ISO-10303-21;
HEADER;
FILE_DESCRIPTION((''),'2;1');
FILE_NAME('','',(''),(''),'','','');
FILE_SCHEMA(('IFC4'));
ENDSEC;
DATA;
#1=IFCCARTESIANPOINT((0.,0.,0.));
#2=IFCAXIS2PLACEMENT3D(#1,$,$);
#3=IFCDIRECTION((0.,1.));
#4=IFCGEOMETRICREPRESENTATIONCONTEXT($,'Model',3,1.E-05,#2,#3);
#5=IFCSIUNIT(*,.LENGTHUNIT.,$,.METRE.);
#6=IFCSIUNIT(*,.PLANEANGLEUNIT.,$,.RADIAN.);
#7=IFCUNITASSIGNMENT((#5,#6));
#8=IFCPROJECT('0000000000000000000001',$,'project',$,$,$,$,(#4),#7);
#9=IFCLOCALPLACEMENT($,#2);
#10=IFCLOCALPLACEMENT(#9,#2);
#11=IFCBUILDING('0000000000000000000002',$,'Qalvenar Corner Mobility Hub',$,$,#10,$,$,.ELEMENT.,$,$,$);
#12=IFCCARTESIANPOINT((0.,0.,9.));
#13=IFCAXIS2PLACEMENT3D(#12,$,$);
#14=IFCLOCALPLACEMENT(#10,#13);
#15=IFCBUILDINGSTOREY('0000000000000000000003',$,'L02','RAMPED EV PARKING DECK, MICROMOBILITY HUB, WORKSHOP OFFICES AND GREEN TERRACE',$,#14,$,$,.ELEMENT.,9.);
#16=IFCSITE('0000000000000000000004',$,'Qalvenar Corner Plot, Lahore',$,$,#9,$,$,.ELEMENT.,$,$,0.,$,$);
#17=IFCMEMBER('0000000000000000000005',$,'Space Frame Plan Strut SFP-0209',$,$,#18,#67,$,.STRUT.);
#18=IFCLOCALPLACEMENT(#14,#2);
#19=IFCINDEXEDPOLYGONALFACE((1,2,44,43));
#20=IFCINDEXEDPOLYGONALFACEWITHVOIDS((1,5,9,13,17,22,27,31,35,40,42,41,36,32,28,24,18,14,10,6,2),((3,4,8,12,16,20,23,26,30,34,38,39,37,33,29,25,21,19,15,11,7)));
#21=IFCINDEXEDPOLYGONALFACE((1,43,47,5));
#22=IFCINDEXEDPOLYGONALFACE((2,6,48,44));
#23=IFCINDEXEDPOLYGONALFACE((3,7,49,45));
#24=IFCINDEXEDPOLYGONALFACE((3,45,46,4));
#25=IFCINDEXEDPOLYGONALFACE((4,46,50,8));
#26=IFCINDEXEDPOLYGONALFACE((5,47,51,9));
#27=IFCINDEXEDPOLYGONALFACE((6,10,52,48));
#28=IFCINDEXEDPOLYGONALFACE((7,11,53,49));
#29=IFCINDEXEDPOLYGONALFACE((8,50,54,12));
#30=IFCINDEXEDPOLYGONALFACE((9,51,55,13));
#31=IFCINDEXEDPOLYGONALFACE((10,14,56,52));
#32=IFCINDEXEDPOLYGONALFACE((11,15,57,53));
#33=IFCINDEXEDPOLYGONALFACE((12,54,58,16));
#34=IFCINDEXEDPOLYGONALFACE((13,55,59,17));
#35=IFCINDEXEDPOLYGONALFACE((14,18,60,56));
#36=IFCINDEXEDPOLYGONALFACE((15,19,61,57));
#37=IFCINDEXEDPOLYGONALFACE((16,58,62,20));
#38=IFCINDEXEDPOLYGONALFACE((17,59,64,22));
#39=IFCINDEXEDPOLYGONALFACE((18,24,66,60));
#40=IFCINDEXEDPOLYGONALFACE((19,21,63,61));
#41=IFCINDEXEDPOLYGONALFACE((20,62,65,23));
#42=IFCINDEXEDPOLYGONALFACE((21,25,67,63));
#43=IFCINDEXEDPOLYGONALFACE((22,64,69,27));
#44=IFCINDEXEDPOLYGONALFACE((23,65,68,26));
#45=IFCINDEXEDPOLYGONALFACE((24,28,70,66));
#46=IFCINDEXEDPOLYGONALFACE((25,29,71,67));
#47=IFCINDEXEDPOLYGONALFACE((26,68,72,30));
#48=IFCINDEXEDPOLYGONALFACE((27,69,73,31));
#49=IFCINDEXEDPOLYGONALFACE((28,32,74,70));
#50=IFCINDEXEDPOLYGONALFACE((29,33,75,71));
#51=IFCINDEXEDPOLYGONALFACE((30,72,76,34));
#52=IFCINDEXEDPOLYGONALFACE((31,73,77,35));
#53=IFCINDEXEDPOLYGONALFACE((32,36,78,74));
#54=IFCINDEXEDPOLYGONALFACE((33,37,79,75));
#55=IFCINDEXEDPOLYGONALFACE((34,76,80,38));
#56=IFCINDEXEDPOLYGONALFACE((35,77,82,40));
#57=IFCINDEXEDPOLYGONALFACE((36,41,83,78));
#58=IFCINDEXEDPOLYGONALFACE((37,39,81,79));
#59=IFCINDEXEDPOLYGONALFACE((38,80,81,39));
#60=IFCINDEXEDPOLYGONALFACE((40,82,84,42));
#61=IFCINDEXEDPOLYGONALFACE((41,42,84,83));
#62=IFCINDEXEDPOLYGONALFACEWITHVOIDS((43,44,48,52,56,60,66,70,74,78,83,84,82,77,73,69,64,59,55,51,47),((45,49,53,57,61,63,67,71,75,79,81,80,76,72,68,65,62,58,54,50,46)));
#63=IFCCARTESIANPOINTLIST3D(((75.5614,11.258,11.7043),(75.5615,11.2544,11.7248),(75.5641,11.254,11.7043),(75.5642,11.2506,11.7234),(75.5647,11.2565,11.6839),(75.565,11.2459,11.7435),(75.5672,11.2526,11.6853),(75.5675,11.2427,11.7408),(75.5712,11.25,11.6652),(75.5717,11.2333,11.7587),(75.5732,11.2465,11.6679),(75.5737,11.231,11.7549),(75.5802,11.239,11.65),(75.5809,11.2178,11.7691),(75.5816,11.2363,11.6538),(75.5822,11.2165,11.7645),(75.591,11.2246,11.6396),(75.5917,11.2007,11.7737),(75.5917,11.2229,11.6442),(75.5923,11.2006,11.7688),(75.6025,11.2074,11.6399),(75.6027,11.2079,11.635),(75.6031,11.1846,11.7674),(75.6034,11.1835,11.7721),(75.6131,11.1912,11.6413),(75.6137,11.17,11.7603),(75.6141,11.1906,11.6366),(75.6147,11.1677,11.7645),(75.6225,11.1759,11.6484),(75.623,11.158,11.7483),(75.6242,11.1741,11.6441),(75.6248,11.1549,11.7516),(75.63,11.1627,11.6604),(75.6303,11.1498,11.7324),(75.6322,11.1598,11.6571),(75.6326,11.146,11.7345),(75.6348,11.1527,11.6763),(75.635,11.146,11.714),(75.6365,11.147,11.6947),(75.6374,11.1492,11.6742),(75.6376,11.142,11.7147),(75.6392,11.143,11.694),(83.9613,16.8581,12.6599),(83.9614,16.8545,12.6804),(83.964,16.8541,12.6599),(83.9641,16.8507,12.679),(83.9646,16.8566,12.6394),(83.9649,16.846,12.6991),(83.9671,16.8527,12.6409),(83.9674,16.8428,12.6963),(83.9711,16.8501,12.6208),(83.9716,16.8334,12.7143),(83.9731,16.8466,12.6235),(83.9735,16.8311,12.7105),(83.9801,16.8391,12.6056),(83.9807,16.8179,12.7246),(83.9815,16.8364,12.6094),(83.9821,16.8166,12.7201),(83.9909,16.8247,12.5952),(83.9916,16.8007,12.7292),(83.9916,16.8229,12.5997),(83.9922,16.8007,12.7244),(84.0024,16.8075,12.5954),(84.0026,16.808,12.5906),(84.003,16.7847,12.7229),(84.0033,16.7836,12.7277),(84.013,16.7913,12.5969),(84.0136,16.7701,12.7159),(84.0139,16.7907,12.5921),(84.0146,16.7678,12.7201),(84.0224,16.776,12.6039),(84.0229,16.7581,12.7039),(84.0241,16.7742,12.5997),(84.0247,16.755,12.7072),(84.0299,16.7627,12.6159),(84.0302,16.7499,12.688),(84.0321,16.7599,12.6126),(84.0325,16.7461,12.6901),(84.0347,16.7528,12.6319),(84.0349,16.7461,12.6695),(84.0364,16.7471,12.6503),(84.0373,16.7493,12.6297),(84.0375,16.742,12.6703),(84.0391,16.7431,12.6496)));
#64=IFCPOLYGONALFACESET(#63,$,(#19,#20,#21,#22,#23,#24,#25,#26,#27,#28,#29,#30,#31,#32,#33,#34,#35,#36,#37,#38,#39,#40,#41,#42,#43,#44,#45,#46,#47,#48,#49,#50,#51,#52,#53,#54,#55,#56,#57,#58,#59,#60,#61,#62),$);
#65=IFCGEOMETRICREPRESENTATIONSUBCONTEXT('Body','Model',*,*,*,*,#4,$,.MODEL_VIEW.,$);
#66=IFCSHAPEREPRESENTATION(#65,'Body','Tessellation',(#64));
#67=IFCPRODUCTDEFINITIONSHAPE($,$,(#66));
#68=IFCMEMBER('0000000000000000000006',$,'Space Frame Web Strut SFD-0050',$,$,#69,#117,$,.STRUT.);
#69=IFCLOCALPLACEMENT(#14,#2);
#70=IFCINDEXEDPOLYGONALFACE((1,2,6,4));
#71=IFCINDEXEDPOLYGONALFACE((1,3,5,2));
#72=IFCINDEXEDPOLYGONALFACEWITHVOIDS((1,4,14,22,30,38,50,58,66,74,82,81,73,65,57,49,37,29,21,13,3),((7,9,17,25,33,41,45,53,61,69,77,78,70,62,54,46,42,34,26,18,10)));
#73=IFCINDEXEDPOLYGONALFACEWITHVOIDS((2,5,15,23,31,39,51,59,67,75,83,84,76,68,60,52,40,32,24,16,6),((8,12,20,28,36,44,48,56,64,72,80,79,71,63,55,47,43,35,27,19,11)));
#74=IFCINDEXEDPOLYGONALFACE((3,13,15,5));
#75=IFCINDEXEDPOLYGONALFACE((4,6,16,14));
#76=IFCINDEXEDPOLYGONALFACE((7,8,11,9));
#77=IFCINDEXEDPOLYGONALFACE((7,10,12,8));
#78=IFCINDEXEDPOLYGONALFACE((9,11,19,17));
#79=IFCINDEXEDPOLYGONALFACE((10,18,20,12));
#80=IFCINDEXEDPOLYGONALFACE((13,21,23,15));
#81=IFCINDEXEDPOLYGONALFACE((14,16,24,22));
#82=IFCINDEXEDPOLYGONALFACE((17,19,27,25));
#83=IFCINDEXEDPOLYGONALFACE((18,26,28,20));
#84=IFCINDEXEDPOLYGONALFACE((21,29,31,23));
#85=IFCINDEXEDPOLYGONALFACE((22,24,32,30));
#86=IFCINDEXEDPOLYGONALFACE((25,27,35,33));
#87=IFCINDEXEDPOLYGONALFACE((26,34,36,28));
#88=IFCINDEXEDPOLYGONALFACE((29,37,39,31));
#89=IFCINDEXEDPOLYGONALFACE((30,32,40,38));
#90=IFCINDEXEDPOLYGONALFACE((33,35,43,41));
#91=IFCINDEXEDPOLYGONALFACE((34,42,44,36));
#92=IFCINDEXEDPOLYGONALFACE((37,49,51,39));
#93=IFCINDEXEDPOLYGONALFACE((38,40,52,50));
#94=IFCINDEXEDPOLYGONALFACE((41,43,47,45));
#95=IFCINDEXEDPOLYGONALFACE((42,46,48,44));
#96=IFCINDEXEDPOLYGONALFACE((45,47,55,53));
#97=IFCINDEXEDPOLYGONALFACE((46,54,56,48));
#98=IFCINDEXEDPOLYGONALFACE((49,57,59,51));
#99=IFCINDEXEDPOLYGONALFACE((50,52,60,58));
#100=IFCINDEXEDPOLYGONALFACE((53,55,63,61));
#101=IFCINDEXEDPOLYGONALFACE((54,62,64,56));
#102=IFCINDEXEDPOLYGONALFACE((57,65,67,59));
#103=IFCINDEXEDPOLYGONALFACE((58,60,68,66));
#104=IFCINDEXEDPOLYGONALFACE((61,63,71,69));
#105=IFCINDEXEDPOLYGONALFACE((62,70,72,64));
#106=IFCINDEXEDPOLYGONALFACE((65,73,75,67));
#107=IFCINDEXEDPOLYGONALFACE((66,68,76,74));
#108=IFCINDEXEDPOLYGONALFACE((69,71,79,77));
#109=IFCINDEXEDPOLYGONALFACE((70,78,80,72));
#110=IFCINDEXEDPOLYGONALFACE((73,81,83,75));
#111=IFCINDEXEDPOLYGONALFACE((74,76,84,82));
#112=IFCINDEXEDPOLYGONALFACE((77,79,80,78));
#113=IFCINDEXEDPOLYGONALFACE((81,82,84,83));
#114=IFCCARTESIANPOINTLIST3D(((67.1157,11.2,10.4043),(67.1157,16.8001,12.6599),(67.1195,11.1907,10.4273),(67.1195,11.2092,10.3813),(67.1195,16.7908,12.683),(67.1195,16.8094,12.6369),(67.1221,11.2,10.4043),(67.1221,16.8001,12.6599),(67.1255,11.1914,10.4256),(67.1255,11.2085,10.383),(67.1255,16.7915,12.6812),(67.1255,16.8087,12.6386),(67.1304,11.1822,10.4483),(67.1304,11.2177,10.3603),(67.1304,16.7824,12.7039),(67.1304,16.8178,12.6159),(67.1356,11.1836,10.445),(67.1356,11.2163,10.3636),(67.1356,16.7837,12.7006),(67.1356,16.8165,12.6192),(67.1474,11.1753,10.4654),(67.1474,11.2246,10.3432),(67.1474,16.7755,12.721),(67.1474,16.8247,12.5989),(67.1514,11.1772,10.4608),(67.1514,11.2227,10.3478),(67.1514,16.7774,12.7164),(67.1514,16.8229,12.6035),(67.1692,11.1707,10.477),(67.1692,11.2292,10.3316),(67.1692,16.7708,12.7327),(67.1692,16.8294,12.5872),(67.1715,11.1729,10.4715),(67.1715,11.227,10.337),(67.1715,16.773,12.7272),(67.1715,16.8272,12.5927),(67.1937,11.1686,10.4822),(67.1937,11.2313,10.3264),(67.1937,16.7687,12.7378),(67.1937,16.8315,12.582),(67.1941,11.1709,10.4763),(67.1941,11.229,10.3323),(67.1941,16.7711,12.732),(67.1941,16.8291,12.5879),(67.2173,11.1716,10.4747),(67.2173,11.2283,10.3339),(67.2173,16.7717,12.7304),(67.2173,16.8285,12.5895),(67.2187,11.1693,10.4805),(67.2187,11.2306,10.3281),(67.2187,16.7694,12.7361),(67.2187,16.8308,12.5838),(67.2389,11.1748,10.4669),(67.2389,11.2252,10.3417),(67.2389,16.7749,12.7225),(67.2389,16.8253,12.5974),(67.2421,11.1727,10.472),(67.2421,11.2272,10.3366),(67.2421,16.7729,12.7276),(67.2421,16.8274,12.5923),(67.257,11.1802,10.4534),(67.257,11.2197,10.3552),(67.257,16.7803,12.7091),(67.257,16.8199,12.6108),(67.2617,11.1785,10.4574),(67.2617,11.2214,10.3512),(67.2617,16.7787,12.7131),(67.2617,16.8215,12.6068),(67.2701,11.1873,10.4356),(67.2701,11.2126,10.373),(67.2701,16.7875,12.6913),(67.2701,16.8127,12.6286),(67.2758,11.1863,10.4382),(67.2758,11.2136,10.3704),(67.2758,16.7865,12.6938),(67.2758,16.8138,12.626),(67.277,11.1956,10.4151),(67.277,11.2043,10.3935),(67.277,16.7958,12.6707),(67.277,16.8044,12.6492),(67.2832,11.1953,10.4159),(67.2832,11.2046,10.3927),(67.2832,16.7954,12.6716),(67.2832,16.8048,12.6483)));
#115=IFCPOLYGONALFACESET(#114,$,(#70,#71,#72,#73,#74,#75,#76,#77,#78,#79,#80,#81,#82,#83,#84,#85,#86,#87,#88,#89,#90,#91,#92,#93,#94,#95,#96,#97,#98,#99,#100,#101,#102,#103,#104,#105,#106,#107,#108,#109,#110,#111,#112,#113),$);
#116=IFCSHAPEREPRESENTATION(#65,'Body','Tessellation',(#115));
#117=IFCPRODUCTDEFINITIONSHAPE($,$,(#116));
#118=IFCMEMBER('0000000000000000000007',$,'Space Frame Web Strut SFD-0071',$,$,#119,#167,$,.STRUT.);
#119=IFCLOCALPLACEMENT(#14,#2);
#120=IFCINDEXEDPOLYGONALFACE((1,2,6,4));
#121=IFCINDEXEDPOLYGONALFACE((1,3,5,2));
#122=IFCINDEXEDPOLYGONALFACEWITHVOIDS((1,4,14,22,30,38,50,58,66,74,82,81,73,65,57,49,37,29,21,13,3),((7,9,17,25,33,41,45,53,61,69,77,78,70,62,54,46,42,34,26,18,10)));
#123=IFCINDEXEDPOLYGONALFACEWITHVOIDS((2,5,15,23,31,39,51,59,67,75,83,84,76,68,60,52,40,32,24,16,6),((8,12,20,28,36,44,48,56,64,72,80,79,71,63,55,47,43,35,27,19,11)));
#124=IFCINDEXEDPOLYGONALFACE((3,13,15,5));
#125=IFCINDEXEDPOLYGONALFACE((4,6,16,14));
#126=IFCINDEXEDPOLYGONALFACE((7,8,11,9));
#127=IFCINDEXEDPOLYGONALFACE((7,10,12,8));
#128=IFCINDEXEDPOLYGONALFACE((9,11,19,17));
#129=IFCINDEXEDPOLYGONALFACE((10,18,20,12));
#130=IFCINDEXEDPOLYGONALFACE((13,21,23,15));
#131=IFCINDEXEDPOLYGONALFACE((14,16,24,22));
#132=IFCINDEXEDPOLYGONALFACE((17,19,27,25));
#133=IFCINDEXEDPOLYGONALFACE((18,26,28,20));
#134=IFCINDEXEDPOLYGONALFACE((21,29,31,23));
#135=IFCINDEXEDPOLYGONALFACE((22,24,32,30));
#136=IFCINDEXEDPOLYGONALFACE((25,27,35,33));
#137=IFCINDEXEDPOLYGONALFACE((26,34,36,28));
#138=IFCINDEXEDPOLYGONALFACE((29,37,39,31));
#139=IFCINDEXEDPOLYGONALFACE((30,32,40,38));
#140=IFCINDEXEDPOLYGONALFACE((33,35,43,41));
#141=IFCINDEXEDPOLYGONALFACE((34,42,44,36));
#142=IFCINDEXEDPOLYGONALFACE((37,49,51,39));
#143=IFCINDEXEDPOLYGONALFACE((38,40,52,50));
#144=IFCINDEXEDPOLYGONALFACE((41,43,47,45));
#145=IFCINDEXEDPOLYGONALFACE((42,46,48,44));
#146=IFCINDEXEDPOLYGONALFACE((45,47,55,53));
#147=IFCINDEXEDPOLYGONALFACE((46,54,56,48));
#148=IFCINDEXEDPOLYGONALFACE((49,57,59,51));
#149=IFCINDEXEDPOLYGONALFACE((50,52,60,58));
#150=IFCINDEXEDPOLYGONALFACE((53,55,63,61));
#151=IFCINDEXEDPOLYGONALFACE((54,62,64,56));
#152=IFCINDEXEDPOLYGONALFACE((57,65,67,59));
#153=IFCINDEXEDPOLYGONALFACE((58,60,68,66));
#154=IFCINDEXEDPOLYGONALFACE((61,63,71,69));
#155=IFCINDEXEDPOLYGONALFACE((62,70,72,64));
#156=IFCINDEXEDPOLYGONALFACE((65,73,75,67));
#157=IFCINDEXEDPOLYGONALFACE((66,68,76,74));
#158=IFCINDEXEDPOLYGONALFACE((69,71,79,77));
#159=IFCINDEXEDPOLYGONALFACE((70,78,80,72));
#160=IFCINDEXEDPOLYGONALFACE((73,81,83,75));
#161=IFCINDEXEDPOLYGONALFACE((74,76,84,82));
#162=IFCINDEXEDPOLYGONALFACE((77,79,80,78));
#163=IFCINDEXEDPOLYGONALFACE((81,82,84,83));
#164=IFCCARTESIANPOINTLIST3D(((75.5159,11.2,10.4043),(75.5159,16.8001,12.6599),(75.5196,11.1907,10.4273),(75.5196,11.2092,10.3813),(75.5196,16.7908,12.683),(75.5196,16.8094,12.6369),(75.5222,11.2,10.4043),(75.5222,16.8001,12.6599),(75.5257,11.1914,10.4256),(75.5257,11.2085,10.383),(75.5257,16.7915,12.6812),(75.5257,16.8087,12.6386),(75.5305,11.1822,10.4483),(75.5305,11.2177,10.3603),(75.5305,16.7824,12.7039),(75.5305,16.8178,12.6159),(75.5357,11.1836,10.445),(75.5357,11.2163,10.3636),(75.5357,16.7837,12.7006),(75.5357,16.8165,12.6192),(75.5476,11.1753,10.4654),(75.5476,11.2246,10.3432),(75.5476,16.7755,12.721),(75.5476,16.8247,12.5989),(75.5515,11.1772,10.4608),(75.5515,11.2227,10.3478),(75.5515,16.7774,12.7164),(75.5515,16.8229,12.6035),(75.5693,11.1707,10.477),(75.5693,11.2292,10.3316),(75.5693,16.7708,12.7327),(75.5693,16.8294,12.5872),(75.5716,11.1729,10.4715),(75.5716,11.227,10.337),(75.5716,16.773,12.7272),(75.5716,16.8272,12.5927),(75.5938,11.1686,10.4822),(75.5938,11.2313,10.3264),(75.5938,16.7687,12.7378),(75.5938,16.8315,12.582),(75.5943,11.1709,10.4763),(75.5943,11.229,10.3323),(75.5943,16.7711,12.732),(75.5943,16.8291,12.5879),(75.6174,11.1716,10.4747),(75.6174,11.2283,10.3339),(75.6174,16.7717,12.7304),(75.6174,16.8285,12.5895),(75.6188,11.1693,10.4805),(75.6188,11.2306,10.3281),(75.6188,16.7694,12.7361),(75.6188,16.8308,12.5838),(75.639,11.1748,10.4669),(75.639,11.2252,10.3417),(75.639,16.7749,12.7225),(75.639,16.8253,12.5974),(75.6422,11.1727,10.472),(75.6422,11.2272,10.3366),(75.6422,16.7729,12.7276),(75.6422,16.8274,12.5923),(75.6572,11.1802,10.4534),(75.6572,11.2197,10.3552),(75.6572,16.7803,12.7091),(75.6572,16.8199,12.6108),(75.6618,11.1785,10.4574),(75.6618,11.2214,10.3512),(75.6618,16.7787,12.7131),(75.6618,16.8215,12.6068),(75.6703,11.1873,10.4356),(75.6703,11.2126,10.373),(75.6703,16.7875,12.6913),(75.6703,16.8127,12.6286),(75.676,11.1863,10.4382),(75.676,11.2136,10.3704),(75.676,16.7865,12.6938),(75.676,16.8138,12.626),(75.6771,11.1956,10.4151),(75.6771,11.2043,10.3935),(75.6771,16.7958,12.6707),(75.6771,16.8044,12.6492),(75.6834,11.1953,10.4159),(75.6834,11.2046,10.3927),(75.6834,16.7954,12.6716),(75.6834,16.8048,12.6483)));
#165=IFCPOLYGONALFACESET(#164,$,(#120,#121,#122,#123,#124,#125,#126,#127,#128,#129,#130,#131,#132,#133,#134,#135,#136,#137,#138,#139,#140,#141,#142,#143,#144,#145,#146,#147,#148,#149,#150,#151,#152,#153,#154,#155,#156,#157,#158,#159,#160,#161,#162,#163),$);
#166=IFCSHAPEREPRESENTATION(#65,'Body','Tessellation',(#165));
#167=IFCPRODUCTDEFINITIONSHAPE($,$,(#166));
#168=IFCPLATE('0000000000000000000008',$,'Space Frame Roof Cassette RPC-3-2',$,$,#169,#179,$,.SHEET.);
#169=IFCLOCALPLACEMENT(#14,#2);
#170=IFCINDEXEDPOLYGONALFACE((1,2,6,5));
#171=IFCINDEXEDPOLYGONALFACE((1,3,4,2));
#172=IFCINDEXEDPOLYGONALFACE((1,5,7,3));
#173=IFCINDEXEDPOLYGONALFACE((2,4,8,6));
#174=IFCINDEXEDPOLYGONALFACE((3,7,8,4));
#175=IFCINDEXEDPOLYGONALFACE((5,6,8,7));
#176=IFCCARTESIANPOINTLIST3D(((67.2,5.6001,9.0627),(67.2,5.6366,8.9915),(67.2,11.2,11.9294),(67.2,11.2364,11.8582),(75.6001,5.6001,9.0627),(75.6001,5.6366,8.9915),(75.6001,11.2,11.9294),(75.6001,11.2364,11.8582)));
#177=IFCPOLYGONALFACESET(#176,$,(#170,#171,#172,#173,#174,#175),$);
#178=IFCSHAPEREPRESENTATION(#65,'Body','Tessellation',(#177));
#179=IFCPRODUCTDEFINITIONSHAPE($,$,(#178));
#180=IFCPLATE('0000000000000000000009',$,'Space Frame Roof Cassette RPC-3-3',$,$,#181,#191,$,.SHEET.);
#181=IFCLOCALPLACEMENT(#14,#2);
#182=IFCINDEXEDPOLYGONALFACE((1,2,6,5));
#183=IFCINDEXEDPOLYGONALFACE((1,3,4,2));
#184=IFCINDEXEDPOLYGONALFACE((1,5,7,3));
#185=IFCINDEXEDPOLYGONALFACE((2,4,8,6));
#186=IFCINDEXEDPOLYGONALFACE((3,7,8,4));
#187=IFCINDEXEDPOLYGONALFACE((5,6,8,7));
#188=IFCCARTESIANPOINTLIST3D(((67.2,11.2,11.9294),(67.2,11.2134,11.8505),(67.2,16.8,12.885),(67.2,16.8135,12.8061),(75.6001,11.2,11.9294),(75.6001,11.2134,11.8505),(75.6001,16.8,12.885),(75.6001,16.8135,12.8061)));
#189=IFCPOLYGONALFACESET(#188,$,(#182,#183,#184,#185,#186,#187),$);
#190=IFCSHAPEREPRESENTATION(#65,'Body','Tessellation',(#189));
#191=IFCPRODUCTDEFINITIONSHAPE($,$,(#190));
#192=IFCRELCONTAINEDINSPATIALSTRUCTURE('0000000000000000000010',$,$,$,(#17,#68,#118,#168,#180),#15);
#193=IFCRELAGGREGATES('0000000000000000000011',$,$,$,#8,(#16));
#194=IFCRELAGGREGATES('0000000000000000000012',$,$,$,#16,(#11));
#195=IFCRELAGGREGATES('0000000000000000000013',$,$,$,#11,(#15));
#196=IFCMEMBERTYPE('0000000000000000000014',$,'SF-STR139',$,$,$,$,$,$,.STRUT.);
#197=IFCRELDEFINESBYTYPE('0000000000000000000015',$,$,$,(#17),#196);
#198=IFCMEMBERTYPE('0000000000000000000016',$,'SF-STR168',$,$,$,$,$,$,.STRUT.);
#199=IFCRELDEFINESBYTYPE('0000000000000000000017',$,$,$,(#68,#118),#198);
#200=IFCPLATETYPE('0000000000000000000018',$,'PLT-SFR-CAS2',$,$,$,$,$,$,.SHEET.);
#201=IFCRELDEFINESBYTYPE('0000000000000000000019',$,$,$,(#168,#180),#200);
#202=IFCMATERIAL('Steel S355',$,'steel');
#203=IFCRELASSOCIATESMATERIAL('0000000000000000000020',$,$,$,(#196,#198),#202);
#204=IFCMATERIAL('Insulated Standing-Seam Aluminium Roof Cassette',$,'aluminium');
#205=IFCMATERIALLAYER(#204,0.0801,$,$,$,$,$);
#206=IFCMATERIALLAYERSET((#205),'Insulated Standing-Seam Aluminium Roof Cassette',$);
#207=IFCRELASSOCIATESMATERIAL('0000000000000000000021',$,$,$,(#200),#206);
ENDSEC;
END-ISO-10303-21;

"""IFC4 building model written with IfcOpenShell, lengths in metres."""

from ifc_helpers import new_model, si_unit, direction, frame, origin, origin_2d, place, context, subcontext, project, spatial, polyline, hollow_circle, outline, extrude, material, layer, layer_set, material_profile, profile_set, type_object, element, save


model = new_model("IFC4")

# Units and contexts
model_context = context("Model", 3, precision=1e-05, world=origin(), true_north=direction((0.0, 1.0)))
body_context = subcontext(model_context, "Body", "Model", "MODEL_VIEW")
ifc_project = project(units=[si_unit("LENGTHUNIT", "METRE"), si_unit("PLANEANGLEUNIT", "RADIAN")], contexts=[model_context])

# Site, building, storey
site_placement = place(None, origin())
site = spatial("IfcSite", under=ifc_project, at=site_placement, Name="Qalvenar Corner Plot, Lahore", CompositionType="ELEMENT", RefElevation=0.0)
building_placement = place(site_placement, origin())
building = spatial("IfcBuilding", under=site, at=building_placement, Name="Qalvenar Corner Mobility Hub", CompositionType="ELEMENT")
storey_placement = place(building_placement, frame((0.0, 0.0, 9.0)))
storey = spatial("IfcBuildingStorey", under=building, at=storey_placement, Name="L02", Description="RAMPED EV PARKING DECK, MICROMOBILITY HUB, WORKSHOP OFFICES AND GREEN TERRACE", CompositionType="ELEMENT", Elevation=9.0)

# Members
ifc_material_1 = material(Name="Steel S355", Category="steel")
ifc_material_profile_1 = material_profile(ifc_material_1, hollow_circle(Radius=0.0698, WallThickness=0.0049, at=origin_2d()), Name="CHS139.7x5")
ifc_profile_set_1 = profile_set([ifc_material_profile_1], Name="Steel S355")
member_type_1 = type_object("IfcMemberType", Name="SF-STR139", PredefinedType="STRUT", material=ifc_profile_set_1)
member_1_placement = place(storey_placement, frame((75.6001, 11.2, 11.7043), z_axis=(0.828341, 0.552243, 0.094231), x_axis=(-0.554711, 0.832043, 0.0)))
element("IfcMember", 1, at=member_1_placement, inside=storey, type_object=member_type_1, Name="Space Frame Plan Strut SFP-0209", PredefinedType="STRUT", context=body_context, shape_type="SweptSolid", body=[
    extrude(hollow_circle(Radius=0.0698, WallThickness=0.0049, at=origin_2d()), origin(), (0.0, 0.0, 1.0), 10.1406),
])
ifc_material_profile_2 = material_profile(ifc_material_1, hollow_circle(Radius=0.0842, WallThickness=0.0063, at=origin_2d()), Name="CHS168.3x6.3")
ifc_profile_set_2 = profile_set([ifc_material_profile_2], Name="Steel S355")
member_type_2 = type_object("IfcMemberType", Name="SF-STR168", PredefinedType="STRUT", material=ifc_profile_set_2)
for number, where, z_axis, x_axis, name in (
    (2, (67.2, 11.2, 10.4043), (0.0, 0.927584, 0.373614), (-1.0, 0.0, 0.0), "Space Frame Web Strut SFD-0050"),
    (3, (75.6001, 11.2, 10.4043), (0.0, 0.927584, 0.373614), (-1.0, 0.0, 0.0), "Space Frame Web Strut SFD-0071"),
):
    element("IfcMember", number, at=place(storey_placement, frame(where, z_axis=z_axis, x_axis=x_axis)), inside=storey, type_object=member_type_2, Name=name, PredefinedType="STRUT", context=body_context, shape_type="SweptSolid", body=[
        extrude(hollow_circle(Radius=0.0842, WallThickness=0.0063, at=origin_2d()), origin(), (0.0, 0.0, 1.0), 6.0374),
    ])

# Plates
ifc_material_2 = material(Name="Insulated Standing-Seam Aluminium Roof Cassette", Category="aluminium")
ifc_layer_1 = layer(ifc_material_2, 0.0801)
ifc_layer_set_1 = layer_set([ifc_layer_1], Name="Insulated Standing-Seam Aluminium Roof Cassette")
plate_type = type_object("IfcPlateType", Name="PLT-SFR-CAS2", PredefinedType="SHEET", material=ifc_layer_set_1)
plate_1_placement = place(storey_placement, frame((67.2, 5.6001, 9.0627), z_axis=(0.0, -0.455685, 0.890141), x_axis=(1.0, 0.0, 0.0)))
element("IfcPlate", 4, at=plate_1_placement, inside=storey, type_object=plate_type, Name="Space Frame Roof Cassette RPC-3-2", PredefinedType="SHEET", context=body_context, shape_type="SweptSolid", body=[
    extrude(outline(polyline([(0.0, 0.0), (8.4001, 0.0), (8.4001, 6.291), (0.0, 6.291), (0.0, 0.0)])), origin(), (0.0, 0.0, -1.0), 0.0801),
])
plate_2_placement = place(storey_placement, frame((67.2, 11.2, 11.9294), z_axis=(0.0, -0.168203, 0.985752), x_axis=(1.0, 0.0, 0.0)))
element("IfcPlate", 5, at=plate_2_placement, inside=storey, type_object=plate_type, Name="Space Frame Roof Cassette RPC-3-3", PredefinedType="SHEET", context=body_context, shape_type="SweptSolid", body=[
    extrude(outline(polyline([(0.0, 0.0), (8.4001, 0.0), (8.4001, 5.681), (0.0, 5.681), (0.0, 0.0)])), origin(), (0.0, 0.0, -1.0), 0.0801),
])

save(model, "model.ifc")
